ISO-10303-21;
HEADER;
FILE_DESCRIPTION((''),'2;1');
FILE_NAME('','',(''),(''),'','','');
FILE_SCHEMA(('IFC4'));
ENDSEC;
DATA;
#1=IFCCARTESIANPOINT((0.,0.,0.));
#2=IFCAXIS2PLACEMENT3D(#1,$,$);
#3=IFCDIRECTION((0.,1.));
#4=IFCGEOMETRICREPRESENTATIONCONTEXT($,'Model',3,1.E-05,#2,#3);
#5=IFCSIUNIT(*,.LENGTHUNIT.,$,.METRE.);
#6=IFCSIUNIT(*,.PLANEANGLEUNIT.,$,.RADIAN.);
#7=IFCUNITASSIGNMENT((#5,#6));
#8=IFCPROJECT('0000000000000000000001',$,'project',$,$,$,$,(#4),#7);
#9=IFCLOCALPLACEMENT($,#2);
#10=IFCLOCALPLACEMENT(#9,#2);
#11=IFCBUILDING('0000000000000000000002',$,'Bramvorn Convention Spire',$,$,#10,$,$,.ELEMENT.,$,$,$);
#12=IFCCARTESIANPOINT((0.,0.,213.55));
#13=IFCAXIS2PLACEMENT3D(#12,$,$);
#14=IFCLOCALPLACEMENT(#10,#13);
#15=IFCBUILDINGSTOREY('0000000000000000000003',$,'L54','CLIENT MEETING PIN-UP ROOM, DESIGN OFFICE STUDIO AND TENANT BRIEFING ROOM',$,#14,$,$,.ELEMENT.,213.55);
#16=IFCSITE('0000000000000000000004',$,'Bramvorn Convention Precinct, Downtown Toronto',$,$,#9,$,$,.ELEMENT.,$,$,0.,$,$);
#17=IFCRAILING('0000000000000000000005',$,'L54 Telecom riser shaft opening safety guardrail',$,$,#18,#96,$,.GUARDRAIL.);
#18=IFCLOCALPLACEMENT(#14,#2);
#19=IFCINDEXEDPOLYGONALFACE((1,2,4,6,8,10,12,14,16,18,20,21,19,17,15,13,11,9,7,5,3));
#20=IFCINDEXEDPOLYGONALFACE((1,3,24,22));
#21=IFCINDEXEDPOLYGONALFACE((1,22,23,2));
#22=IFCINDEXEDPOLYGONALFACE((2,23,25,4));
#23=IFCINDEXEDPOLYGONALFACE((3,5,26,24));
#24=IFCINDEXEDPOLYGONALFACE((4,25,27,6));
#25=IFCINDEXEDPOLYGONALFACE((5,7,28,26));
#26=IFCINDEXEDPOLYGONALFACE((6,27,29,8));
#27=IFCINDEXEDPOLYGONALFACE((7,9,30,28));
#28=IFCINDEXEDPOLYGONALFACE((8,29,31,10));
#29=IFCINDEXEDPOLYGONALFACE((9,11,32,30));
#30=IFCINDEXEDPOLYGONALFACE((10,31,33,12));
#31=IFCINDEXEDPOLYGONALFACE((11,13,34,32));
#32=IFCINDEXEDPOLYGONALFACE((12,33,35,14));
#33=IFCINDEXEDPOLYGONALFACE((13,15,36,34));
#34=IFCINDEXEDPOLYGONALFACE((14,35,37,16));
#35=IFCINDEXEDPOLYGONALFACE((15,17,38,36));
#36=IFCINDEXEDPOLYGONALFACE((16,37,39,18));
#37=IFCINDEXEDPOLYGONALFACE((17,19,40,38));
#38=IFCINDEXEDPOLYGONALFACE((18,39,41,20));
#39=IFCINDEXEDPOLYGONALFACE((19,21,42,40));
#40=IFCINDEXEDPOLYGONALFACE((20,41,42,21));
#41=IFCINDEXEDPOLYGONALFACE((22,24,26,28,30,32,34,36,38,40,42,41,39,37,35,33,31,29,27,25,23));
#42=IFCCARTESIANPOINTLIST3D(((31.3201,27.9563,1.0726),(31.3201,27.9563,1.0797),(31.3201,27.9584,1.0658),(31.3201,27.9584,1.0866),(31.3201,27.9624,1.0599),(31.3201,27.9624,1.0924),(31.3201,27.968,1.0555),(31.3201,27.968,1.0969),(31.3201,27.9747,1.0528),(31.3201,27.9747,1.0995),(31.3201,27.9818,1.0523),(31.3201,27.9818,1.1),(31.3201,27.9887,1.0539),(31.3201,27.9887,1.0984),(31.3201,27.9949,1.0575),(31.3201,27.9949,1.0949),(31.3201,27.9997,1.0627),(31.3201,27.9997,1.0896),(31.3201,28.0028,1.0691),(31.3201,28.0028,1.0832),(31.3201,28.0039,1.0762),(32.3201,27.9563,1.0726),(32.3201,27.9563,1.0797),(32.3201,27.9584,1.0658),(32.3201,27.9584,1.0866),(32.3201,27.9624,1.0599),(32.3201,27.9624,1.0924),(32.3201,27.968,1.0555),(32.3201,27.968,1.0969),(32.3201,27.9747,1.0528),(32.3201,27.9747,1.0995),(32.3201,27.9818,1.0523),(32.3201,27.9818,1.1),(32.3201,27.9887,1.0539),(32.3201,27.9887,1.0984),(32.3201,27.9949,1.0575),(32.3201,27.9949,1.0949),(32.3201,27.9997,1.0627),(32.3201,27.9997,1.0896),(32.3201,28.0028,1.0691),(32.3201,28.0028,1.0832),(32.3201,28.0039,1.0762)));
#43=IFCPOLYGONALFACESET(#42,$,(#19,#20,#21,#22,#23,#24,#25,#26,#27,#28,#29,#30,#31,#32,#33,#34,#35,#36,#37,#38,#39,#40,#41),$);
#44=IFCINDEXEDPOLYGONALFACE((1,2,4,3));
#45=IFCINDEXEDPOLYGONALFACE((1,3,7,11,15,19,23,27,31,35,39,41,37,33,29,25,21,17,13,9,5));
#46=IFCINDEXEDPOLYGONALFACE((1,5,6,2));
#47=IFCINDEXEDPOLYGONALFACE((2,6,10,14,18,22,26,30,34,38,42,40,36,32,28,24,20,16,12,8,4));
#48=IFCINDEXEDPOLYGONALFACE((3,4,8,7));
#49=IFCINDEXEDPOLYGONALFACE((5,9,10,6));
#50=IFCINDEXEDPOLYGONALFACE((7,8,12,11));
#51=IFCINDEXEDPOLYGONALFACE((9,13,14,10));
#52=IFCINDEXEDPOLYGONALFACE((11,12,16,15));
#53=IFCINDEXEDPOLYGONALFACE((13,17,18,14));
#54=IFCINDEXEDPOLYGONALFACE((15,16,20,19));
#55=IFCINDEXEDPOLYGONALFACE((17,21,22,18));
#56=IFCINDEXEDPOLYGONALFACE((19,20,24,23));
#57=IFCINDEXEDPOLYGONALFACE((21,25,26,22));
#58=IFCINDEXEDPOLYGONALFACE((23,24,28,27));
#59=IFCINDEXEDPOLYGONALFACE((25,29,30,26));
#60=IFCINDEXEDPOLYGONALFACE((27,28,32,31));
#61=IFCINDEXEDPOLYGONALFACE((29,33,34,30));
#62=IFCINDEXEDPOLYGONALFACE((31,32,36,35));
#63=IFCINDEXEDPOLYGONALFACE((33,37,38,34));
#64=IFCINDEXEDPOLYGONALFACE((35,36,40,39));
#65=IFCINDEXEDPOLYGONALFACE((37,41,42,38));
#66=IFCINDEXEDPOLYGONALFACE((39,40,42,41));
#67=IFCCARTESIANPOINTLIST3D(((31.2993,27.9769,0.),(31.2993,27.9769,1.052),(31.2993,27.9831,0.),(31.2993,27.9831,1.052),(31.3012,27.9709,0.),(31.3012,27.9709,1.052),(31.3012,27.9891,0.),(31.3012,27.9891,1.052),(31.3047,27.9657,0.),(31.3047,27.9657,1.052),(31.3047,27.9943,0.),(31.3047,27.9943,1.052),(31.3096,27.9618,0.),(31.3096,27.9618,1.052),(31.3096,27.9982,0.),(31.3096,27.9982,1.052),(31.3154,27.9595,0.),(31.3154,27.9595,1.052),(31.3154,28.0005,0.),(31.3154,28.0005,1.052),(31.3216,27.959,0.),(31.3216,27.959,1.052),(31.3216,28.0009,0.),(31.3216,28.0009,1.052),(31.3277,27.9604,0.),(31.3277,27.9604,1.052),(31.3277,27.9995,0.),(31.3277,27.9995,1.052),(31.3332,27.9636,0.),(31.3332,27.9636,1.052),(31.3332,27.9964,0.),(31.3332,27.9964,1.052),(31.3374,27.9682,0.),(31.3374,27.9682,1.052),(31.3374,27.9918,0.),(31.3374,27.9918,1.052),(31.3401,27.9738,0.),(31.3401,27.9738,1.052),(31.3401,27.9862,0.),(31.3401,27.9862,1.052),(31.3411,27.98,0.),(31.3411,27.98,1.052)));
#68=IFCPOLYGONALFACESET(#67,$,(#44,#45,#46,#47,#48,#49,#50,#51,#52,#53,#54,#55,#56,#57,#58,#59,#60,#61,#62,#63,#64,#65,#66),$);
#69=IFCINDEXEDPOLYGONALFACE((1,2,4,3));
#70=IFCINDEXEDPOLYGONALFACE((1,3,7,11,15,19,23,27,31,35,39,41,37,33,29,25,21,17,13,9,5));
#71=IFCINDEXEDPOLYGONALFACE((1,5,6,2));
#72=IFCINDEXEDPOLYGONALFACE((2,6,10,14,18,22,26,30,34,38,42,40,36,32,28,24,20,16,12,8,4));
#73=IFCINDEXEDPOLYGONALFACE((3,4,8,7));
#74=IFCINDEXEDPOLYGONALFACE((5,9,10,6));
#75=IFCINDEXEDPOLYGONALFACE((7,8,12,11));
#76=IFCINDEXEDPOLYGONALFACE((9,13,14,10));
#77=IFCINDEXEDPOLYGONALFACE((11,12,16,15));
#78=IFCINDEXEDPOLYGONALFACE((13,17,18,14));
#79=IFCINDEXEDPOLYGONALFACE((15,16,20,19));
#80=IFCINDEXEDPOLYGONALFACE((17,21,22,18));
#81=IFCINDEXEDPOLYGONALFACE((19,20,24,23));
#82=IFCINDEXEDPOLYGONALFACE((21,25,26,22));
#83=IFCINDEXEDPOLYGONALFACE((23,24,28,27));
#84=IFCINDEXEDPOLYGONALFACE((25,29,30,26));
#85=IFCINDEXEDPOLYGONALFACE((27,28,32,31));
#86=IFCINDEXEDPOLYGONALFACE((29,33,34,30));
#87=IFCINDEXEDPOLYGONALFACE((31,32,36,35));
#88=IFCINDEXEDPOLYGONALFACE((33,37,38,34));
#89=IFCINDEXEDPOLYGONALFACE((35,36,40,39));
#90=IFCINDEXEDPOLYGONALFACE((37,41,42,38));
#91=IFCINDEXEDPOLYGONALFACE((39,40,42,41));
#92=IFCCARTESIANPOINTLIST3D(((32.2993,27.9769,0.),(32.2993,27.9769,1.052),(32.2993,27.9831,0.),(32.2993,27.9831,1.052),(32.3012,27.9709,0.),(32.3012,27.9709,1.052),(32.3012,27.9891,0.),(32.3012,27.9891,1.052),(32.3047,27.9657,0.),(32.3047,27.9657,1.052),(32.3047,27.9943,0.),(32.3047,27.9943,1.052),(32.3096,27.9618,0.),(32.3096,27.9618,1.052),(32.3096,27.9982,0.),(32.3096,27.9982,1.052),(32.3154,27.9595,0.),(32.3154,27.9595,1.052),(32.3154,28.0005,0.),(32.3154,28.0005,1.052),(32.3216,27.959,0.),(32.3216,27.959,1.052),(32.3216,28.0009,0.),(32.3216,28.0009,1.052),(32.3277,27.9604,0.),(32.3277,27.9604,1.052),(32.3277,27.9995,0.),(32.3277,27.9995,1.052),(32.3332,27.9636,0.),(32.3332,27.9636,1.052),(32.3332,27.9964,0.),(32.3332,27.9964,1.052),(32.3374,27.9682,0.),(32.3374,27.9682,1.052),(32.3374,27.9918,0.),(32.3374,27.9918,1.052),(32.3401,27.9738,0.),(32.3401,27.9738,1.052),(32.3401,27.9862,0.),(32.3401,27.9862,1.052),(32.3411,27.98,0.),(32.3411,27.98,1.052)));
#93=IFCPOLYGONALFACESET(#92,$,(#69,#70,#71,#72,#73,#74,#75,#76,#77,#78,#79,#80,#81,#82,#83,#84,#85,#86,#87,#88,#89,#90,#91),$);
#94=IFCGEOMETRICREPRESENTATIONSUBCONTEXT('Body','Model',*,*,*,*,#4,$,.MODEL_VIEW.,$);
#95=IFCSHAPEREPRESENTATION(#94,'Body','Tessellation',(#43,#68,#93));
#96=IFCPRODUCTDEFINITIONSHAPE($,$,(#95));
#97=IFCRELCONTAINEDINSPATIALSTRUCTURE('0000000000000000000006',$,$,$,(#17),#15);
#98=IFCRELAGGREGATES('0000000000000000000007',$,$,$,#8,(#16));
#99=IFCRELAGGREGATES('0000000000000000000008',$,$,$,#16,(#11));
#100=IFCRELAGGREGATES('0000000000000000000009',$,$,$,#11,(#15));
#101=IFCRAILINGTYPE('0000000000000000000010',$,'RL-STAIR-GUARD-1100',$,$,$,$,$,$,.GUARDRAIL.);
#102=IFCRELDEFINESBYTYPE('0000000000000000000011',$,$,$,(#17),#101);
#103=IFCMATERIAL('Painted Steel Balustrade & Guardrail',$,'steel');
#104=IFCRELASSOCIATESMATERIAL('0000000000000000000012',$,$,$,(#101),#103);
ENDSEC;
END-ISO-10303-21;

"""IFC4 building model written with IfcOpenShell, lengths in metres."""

from ifc_helpers import new_model, si_unit, direction, frame, origin, origin_2d, place, context, subcontext, project, spatial, circle, extrude, material, type_object, element, save


model = new_model("IFC4")

# Units and contexts
model_context = context("Model", 3, precision=1e-05, world=origin(), true_north=direction((0.0, 1.0)))
body_context = subcontext(model_context, "Body", "Model", "MODEL_VIEW")
ifc_project = project(units=[si_unit("LENGTHUNIT", "METRE"), si_unit("PLANEANGLEUNIT", "RADIAN")], contexts=[model_context])

# Site, building, storey
site_placement = place(None, origin())
site = spatial("IfcSite", under=ifc_project, at=site_placement, Name="Bramvorn Convention Precinct, Downtown Toronto", CompositionType="ELEMENT", RefElevation=0.0)
building_placement = place(site_placement, origin())
building = spatial("IfcBuilding", under=site, at=building_placement, Name="Bramvorn Convention Spire", CompositionType="ELEMENT")
storey_placement = place(building_placement, frame((0.0, 0.0, 213.55)))
storey = spatial("IfcBuildingStorey", under=building, at=storey_placement, Name="L54", Description="CLIENT MEETING PIN-UP ROOM, DESIGN OFFICE STUDIO AND TENANT BRIEFING ROOM", CompositionType="ELEMENT", Elevation=213.55)

# Railing
ifc_material_1 = material(Name="Painted Steel Balustrade & Guardrail", Category="steel")
railing_type = type_object("IfcRailingType", Name="RL-STAIR-GUARD-1100", PredefinedType="GUARDRAIL", material=ifc_material_1)
railing_1_placement = place(storey_placement, frame((31.3201, 27.98, 0.0)))
element("IfcRailing", 1, at=railing_1_placement, inside=storey, type_object=railing_type, Name="L54 Telecom riser shaft opening safety guardrail", PredefinedType="GUARDRAIL", context=body_context, shape_type="SweptSolid", body=[
    extrude(circle(Radius=0.0239, at=origin_2d()), frame((0.0, 0.0, 1.0762), z_axis=(1.0, 0.0, 0.0), x_axis=(0.0, 1.0, 0.0)), (0.0, 0.0, 1.0), 1.0),
    extrude(circle(Radius=0.021, at=origin_2d()), origin(), (0.0, 0.0, 1.0), 1.052),
    extrude(circle(Radius=0.021, at=origin_2d()), frame((1.0, 0.0, 0.0)), (0.0, 0.0, 1.0), 1.052),
])

save(model, "model.ifc")
